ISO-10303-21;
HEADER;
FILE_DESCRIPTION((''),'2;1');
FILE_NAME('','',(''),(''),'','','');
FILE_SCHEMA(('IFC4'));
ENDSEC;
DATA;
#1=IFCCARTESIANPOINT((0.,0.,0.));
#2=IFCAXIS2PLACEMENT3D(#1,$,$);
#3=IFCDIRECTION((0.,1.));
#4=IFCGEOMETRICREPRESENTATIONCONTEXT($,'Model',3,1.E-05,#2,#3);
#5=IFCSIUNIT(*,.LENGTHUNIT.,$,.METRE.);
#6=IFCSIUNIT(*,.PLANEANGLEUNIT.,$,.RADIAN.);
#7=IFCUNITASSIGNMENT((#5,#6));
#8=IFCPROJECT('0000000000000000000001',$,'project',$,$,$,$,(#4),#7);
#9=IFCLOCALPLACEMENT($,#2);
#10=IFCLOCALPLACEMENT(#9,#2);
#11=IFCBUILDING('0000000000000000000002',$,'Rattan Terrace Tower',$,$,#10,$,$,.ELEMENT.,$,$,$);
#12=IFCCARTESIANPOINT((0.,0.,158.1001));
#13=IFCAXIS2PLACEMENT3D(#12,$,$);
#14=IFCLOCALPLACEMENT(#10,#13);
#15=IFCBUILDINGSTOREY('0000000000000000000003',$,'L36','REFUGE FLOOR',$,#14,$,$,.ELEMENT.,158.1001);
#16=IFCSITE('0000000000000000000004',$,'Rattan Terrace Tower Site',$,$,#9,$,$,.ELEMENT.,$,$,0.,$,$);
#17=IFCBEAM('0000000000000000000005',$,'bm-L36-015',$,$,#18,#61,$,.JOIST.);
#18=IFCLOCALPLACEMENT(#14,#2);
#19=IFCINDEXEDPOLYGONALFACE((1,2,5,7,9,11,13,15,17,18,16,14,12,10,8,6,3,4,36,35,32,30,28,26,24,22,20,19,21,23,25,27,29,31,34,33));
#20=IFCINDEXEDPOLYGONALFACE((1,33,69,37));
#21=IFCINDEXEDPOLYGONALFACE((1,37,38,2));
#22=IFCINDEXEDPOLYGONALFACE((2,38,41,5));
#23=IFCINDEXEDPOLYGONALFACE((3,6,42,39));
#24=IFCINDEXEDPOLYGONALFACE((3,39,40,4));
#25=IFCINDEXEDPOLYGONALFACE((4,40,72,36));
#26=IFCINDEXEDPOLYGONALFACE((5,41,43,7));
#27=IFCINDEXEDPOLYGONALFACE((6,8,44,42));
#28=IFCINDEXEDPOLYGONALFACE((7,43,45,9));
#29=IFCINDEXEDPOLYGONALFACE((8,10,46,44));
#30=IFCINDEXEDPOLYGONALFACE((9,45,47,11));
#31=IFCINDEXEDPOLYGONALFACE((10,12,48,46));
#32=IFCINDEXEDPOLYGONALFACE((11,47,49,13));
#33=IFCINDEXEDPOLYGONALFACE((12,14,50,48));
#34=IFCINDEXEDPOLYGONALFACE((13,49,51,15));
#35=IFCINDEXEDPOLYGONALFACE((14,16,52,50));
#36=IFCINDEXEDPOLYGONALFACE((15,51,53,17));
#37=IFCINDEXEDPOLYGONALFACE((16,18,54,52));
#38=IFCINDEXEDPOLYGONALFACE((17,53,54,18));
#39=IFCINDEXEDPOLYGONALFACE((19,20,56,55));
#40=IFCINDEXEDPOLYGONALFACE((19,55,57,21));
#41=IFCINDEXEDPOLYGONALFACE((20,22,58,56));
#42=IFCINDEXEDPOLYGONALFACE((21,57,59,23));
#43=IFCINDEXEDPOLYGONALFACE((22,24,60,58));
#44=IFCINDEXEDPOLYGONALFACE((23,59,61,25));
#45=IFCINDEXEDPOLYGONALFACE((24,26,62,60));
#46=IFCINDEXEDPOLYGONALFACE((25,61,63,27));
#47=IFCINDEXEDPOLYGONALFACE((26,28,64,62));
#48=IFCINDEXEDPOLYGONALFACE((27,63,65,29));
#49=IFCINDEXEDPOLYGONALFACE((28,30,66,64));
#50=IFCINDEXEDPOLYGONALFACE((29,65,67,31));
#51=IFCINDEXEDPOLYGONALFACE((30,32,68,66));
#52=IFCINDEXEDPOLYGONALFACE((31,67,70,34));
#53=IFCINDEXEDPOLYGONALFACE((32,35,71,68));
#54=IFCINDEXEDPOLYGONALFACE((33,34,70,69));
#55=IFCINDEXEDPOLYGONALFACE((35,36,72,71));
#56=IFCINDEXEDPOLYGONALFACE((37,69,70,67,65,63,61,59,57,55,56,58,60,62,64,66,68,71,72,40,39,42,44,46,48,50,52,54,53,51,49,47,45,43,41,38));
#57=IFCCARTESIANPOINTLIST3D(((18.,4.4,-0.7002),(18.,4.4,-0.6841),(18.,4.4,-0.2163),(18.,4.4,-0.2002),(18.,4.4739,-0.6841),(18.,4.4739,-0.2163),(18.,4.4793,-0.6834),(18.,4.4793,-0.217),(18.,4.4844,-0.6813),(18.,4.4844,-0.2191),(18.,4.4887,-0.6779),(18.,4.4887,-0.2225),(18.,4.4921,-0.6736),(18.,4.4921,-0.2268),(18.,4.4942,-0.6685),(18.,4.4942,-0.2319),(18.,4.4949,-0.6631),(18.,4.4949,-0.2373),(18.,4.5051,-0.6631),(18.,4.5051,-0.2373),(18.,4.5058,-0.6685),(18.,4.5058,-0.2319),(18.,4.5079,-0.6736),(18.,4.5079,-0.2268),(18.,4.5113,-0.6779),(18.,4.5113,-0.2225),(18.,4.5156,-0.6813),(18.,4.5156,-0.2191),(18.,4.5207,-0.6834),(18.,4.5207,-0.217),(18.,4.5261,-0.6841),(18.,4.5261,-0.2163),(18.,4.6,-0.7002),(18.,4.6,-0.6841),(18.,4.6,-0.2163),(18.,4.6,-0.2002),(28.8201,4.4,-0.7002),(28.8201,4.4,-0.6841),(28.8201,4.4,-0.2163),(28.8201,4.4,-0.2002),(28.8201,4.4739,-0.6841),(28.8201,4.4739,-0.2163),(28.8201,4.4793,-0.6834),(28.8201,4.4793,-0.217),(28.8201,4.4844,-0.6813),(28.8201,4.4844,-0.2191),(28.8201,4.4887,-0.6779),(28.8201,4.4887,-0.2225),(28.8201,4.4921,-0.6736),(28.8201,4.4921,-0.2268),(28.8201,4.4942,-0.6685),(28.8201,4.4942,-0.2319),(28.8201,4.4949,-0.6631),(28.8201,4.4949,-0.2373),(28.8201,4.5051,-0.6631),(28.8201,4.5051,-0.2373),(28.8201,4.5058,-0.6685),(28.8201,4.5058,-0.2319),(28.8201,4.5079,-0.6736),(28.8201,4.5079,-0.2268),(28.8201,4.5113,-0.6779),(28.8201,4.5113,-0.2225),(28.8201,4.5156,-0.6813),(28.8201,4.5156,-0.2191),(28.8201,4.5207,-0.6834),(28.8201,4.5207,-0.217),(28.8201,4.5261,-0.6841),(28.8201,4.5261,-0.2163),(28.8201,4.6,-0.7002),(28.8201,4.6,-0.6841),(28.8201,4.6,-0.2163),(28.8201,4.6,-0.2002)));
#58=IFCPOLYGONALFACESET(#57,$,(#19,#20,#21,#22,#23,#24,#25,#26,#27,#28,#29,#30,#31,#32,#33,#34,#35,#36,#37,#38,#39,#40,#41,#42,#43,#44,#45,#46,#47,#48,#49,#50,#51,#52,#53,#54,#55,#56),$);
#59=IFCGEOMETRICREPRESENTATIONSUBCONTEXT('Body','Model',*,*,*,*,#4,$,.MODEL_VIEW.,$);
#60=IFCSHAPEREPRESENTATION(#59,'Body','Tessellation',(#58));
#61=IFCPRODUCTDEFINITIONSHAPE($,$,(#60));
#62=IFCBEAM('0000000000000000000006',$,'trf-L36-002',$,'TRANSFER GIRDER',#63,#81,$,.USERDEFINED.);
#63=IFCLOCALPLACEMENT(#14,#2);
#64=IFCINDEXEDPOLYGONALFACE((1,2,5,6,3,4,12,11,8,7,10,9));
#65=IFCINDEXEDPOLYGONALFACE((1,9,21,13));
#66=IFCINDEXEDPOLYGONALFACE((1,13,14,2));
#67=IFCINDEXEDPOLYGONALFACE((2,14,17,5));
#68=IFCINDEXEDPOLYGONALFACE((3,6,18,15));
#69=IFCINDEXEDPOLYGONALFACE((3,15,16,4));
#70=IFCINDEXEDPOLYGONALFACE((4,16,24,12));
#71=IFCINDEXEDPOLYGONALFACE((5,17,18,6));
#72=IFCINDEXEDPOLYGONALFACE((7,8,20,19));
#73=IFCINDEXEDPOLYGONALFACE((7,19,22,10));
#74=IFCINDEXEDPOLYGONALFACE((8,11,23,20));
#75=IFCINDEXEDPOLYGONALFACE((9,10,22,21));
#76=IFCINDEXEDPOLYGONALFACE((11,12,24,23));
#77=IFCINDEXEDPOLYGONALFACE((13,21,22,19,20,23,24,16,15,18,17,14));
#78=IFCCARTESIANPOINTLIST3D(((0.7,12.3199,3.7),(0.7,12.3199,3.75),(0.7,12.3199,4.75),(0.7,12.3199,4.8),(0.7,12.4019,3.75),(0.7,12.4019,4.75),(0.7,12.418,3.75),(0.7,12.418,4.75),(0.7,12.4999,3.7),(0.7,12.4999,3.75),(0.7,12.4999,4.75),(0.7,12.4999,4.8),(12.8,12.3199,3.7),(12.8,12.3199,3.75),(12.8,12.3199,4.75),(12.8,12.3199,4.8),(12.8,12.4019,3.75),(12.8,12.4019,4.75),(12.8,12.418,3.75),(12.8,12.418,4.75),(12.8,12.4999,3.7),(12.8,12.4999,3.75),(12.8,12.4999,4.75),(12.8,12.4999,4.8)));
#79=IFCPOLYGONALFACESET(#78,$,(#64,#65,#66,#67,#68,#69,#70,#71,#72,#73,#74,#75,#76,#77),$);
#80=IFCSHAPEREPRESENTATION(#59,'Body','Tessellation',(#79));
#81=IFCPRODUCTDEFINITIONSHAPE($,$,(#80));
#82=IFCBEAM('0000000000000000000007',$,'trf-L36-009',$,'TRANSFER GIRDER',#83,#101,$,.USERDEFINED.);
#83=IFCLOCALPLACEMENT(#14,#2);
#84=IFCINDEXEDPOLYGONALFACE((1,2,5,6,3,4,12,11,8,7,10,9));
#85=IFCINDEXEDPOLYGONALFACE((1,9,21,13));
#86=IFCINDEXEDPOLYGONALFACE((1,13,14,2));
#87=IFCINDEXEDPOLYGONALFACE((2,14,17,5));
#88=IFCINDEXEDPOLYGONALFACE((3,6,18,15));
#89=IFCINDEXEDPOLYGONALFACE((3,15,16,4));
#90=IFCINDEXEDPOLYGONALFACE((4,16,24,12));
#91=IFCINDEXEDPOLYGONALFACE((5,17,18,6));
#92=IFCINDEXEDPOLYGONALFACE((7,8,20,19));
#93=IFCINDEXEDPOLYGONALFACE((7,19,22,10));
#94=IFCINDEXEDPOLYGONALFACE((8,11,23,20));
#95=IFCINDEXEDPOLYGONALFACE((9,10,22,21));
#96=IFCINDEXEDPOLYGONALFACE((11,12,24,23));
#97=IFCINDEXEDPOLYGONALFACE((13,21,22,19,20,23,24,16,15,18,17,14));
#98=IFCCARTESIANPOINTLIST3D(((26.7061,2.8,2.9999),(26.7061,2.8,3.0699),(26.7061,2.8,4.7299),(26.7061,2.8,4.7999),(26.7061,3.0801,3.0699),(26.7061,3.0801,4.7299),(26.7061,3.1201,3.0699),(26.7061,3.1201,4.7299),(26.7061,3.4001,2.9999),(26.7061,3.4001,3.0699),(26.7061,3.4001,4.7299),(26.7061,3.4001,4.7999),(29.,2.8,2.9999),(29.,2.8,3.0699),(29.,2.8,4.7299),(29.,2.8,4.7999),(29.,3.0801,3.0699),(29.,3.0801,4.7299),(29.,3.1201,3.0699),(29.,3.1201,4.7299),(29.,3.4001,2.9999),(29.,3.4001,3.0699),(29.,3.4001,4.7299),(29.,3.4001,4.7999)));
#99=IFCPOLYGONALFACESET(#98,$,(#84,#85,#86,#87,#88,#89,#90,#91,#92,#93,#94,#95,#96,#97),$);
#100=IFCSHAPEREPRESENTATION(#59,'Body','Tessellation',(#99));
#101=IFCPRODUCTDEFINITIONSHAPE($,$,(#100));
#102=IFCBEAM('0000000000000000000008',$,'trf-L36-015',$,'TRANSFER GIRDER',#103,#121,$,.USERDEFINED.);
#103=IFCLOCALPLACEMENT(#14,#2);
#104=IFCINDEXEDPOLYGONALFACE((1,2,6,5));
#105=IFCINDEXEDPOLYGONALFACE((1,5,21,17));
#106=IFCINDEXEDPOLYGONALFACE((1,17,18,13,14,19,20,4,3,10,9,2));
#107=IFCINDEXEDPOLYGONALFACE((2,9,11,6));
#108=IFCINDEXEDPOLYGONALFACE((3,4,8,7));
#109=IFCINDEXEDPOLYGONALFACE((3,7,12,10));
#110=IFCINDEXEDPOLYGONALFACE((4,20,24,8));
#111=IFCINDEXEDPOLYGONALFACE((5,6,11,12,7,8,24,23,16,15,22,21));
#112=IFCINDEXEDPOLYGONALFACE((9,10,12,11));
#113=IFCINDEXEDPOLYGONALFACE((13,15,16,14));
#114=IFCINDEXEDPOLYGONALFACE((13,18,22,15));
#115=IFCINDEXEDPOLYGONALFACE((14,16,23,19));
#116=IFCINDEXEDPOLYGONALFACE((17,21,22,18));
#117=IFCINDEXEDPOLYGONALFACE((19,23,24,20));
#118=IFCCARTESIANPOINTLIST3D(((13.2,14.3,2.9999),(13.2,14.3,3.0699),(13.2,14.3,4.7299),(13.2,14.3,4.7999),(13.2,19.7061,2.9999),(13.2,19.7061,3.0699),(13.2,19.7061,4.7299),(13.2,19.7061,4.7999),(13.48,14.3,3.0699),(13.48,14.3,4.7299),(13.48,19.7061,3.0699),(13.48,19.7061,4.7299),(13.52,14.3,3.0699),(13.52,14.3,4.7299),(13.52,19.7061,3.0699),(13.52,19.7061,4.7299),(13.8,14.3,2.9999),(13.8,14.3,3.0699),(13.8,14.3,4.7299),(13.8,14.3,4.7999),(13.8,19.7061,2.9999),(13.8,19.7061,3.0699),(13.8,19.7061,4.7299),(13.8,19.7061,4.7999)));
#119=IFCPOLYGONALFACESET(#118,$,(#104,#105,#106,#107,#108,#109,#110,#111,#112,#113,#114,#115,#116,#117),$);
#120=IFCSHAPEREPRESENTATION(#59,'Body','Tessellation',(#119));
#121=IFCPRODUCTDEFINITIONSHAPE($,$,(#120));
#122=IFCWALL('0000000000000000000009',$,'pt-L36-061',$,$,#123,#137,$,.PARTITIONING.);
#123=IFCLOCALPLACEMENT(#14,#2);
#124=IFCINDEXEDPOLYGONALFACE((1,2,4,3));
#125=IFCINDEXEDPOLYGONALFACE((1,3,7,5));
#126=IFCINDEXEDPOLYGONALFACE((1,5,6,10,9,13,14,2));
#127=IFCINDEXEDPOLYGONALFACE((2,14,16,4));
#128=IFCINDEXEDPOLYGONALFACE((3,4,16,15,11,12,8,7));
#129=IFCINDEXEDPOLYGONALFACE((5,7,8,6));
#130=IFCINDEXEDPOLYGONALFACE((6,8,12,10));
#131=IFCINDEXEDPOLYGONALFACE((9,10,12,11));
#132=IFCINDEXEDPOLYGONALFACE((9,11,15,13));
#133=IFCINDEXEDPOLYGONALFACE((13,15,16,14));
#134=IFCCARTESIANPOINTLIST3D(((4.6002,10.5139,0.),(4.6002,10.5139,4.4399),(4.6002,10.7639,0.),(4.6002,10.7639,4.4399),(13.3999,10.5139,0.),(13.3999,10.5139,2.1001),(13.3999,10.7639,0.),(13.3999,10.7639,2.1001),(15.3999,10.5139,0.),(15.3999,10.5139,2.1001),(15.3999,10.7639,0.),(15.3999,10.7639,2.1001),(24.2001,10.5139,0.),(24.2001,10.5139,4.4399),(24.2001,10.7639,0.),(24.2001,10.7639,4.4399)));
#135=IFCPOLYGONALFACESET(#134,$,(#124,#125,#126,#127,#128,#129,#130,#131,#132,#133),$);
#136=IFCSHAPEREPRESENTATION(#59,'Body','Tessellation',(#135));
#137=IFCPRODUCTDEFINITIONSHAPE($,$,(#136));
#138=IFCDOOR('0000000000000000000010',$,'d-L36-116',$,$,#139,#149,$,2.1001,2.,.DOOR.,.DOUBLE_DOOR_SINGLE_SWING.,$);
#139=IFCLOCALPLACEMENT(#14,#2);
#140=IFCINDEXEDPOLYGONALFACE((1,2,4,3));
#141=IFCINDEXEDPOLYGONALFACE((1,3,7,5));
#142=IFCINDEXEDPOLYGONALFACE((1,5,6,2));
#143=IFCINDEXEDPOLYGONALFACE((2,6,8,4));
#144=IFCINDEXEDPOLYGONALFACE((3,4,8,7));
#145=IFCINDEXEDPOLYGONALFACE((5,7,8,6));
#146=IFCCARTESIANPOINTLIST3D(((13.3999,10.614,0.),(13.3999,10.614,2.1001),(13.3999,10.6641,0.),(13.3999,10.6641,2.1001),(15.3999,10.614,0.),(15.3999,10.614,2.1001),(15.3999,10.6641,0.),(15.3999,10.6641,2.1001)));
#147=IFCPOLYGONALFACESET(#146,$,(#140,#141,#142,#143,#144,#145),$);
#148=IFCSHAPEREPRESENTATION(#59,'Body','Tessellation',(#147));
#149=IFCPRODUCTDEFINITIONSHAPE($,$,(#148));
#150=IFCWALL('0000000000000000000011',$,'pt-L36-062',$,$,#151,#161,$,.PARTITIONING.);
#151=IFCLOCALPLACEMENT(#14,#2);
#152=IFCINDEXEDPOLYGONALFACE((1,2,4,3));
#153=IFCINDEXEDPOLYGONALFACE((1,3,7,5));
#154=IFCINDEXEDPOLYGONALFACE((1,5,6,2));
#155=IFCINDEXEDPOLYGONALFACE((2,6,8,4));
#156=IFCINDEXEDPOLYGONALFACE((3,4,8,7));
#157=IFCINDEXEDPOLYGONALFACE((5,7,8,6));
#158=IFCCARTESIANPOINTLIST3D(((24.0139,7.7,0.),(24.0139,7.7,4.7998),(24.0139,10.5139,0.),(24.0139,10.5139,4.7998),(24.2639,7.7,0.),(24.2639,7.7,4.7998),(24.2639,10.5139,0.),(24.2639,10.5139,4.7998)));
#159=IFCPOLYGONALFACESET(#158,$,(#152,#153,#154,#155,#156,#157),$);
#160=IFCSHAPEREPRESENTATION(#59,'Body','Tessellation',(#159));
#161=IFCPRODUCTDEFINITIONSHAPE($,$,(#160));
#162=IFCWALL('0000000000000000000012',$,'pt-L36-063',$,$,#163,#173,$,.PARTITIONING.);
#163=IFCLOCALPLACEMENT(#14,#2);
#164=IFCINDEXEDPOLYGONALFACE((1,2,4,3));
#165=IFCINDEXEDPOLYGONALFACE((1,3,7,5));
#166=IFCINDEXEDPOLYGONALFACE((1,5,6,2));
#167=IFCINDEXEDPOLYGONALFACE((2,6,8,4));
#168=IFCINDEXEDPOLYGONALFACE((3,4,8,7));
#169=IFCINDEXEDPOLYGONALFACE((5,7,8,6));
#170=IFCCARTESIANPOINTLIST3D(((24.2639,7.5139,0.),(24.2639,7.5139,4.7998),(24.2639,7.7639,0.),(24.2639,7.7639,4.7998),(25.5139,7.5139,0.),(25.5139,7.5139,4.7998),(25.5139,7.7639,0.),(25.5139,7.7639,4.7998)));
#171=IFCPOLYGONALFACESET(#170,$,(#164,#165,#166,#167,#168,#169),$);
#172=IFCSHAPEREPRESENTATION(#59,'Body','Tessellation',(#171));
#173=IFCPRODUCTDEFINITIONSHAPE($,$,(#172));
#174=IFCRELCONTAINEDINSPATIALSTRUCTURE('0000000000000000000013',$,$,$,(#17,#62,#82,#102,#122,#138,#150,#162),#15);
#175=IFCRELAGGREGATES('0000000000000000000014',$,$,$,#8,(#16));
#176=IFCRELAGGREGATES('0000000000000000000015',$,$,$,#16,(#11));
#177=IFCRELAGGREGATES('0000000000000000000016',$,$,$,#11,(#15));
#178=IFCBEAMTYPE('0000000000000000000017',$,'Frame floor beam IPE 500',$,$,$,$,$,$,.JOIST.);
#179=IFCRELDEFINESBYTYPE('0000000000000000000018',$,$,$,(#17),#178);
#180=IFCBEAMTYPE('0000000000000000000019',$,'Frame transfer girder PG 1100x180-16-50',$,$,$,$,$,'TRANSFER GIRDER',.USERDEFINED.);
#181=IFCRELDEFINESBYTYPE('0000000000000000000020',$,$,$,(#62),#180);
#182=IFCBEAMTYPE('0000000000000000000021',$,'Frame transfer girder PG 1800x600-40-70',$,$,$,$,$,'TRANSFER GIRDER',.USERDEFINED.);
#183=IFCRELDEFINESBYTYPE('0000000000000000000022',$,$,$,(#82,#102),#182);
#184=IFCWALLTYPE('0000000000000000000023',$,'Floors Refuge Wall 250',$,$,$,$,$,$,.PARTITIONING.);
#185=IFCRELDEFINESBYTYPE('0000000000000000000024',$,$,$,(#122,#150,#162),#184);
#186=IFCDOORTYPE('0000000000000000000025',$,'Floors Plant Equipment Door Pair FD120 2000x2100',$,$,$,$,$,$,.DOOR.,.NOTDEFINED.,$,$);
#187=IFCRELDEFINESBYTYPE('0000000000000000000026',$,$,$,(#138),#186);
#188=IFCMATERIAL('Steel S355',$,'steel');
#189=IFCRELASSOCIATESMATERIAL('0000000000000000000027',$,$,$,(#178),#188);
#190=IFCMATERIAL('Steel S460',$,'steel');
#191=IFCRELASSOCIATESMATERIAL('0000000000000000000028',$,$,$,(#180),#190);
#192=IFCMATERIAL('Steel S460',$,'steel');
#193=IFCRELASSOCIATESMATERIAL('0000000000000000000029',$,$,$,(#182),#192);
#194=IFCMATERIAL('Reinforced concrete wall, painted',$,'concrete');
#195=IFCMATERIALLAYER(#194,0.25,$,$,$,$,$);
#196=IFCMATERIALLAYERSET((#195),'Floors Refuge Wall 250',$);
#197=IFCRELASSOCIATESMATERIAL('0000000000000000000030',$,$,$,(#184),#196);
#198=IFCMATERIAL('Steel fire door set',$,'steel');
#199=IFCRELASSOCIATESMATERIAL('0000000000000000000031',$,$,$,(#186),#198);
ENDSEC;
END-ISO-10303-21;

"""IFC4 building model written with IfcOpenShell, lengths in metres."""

from ifc_helpers import new_model, si_unit, direction, frame, frame_2d, origin, origin_2d, place, context, subcontext, project, spatial, rectangle, i_section, extrude, material, layer, layer_set, material_profile, profile_set, type_object, element, fill, save


model = new_model("IFC4")

# Units and contexts
model_context = context("Model", 3, precision=1e-05, world=origin(), true_north=direction((0.0, 1.0)))
body_context = subcontext(model_context, "Body", "Model", "MODEL_VIEW")
ifc_project = project(units=[si_unit("LENGTHUNIT", "METRE"), si_unit("PLANEANGLEUNIT", "RADIAN")], contexts=[model_context])

# Site, building, storey
site_placement = place(None, origin())
site = spatial("IfcSite", under=ifc_project, at=site_placement, Name="Rattan Terrace Tower Site", CompositionType="ELEMENT", RefElevation=0.0)
building_placement = place(site_placement, origin())
building = spatial("IfcBuilding", under=site, at=building_placement, Name="Rattan Terrace Tower", CompositionType="ELEMENT")
storey_placement = place(building_placement, frame((0.0, 0.0, 158.1001)))
storey = spatial("IfcBuildingStorey", under=building, at=storey_placement, Name="L36", Description="REFUGE FLOOR", CompositionType="ELEMENT", Elevation=158.1001)

# Beams
ifc_material_1 = material(Name="Steel S355", Category="steel")
ifc_material_profile_1 = material_profile(ifc_material_1, i_section(OverallWidth=0.2, OverallDepth=0.5, WebThickness=0.0103, FlangeThickness=0.0161, FilletRadius=0.021, at=origin_2d()), Name="IPE 500")
ifc_profile_set_1 = profile_set([ifc_material_profile_1], Name="Steel S355")
beam_type_1 = type_object("IfcBeamType", Name="Frame floor beam IPE 500", PredefinedType="JOIST", material=ifc_profile_set_1)
beam_1_placement = place(storey_placement, frame((18.0, 4.5, -0.4502), z_axis=(1.0, 0.0, 0.0), x_axis=(0.0, 1.0, 0.0)))
element("IfcBeam", 1, at=beam_1_placement, inside=storey, type_object=beam_type_1, Name="bm-L36-015", PredefinedType="JOIST", context=body_context, shape_type="SweptSolid", body=[
    extrude(i_section(OverallWidth=0.2, OverallDepth=0.5, WebThickness=0.0103, FlangeThickness=0.0161, FilletRadius=0.021, at=origin_2d()), origin(), (0.0, 0.0, 1.0), 10.8201),
])
ifc_material_2 = material(Name="Steel S460", Category="steel")
ifc_material_profile_2 = material_profile(ifc_material_2, i_section(OverallWidth=0.1799, OverallDepth=1.1001, WebThickness=0.0161, FlangeThickness=0.05, at=origin_2d()), Name="PG 1100x180-16-50")
ifc_profile_set_2 = profile_set([ifc_material_profile_2], Name="Steel S460")
beam_type_2 = type_object("IfcBeamType", Name="Frame transfer girder PG 1100x180-16-50", ElementType="TRANSFER GIRDER", PredefinedType="USERDEFINED", material=ifc_profile_set_2)
beam_2_placement = place(storey_placement, frame((12.8, 12.4099, 4.25), z_axis=(-1.0, 0.0, 0.0), x_axis=(0.0, -1.0, 0.0)))
element("IfcBeam", 2, at=beam_2_placement, inside=storey, type_object=beam_type_2, Name="trf-L36-002", ObjectType="TRANSFER GIRDER", PredefinedType="USERDEFINED", context=body_context, shape_type="SweptSolid", body=[
    extrude(i_section(OverallWidth=0.1799, OverallDepth=1.1001, WebThickness=0.0161, FlangeThickness=0.05, at=origin_2d()), origin(), (0.0, 0.0, 1.0), 12.1001),
])
ifc_material_3 = material(Name="Steel S460", Category="steel")
ifc_material_profile_3 = material_profile(ifc_material_3, i_section(OverallWidth=0.6001, OverallDepth=1.8, WebThickness=0.04, FlangeThickness=0.0701, at=origin_2d()), Name="PG 1800x600-40-70")
ifc_profile_set_3 = profile_set([ifc_material_profile_3], Name="Steel S460")
beam_type_3 = type_object("IfcBeamType", Name="Frame transfer girder PG 1800x600-40-70", ElementType="TRANSFER GIRDER", PredefinedType="USERDEFINED", material=ifc_profile_set_3)
beam_3_placement = place(storey_placement, frame((26.7061, 3.1001, 3.8999), z_axis=(1.0, 0.0, 0.0), x_axis=(0.0, 1.0, 0.0)))
element("IfcBeam", 3, at=beam_3_placement, inside=storey, type_object=beam_type_3, Name="trf-L36-009", ObjectType="TRANSFER GIRDER", PredefinedType="USERDEFINED", context=body_context, shape_type="SweptSolid", body=[
    extrude(i_section(OverallWidth=0.6001, OverallDepth=1.8, WebThickness=0.04, FlangeThickness=0.0701, at=origin_2d()), origin(), (0.0, 0.0, 1.0), 2.2939),
])
beam_4_placement = place(storey_placement, frame((13.5, 14.3, 3.8999), z_axis=(0.0, 1.0, 0.0), x_axis=(-1.0, 0.0, 0.0)))
element("IfcBeam", 4, at=beam_4_placement, inside=storey, type_object=beam_type_3, Name="trf-L36-015", ObjectType="TRANSFER GIRDER", PredefinedType="USERDEFINED", context=body_context, shape_type="SweptSolid", body=[
    extrude(i_section(OverallWidth=0.6001, OverallDepth=1.8, WebThickness=0.04, FlangeThickness=0.0701, at=origin_2d()), origin(), (0.0, 0.0, 1.0), 5.406),
])

# Wall, opening, door
ifc_material_4 = material(Name="Reinforced concrete wall, painted", Category="concrete")
ifc_layer = layer(ifc_material_4, 0.25)
ifc_layer_set = layer_set([ifc_layer], Name="Floors Refuge Wall 250")
wall_type = type_object("IfcWallType", Name="Floors Refuge Wall 250", PredefinedType="PARTITIONING", material=ifc_layer_set)
wall_1_placement = place(storey_placement, frame((24.2, 10.6389, 0.0), z_axis=(0.0, 0.0, 1.0), x_axis=(-1.0, 0.0, 0.0)))
wall_1 = element("IfcWall", 5, at=wall_1_placement, inside=storey, type_object=wall_type, Name="pt-L36-061", PredefinedType="PARTITIONING", context=body_context, shape_type="SweptSolid", body=[
    extrude(rectangle(XDim=19.5999, YDim=0.25, at=frame_2d((9.7998, 0.0))), origin(), (0.0, 0.0, 1.0), 4.4399),
])
opening_placement = place(wall_1_placement, frame((8.8, 0.0, 0.0)))
opening = element("IfcOpeningElement", 6, at=opening_placement, cuts=wall_1, PredefinedType="OPENING", context=body_context, shape_type="SweptSolid", body=[
    extrude(rectangle(XDim=2.0, YDim=2.1001, at=frame_2d((1.0, 1.05))), frame((0.0, 0.1355, 0.0), z_axis=(0.0, -1.0, 0.0), x_axis=(1.0, 0.0, 0.0)), (0.0, 0.0, 1.0), 0.271),
])
ifc_material_5 = material(Name="Steel fire door set", Category="steel")
door_type = type_object("IfcDoorType", Name="Floors Plant Equipment Door Pair FD120 2000x2100", OperationType="NOTDEFINED", PredefinedType="DOOR", material=ifc_material_5)
door_placement = place(opening_placement, origin())
door = element("IfcDoor", 7, at=door_placement, inside=storey, type_object=door_type, Name="d-L36-116", OperationType="DOUBLE_DOOR_SINGLE_SWING", OverallHeight=2.1001, OverallWidth=2.0, PredefinedType="DOOR", context=body_context, shape_type="SweptSolid", body=[
    extrude(rectangle(XDim=2.0, YDim=2.1001, at=frame_2d((1.0, 1.05))), frame((0.0, 0.0249, 0.0), z_axis=(0.0, -1.0, 0.0), x_axis=(1.0, 0.0, 0.0)), (0.0, 0.0, 1.0), 0.05),
])
fill(opening, door)

# Walls
wall_2_placement = place(storey_placement, frame((24.1389, 10.5139, 0.0), z_axis=(0.0, 0.0, 1.0), x_axis=(0.0, -1.0, 0.0)))
element("IfcWall", 8, at=wall_2_placement, inside=storey, type_object=wall_type, Name="pt-L36-062", PredefinedType="PARTITIONING", context=body_context, shape_type="SweptSolid", body=[
    extrude(rectangle(XDim=2.814, YDim=0.25, at=frame_2d((1.407, 0.0))), origin(), (0.0, 0.0, 1.0), 4.7998),
])
wall_3_placement = place(storey_placement, frame((24.2639, 7.6389, 0.0), z_axis=(0.0, 0.0, 1.0), x_axis=(1.0, 0.0, 0.0)))
element("IfcWall", 9, at=wall_3_placement, inside=storey, type_object=wall_type, Name="pt-L36-063", PredefinedType="PARTITIONING", context=body_context, shape_type="SweptSolid", body=[
    extrude(rectangle(XDim=1.25, YDim=0.25, at=frame_2d((0.625, 0.0))), origin(), (0.0, 0.0, 1.0), 4.7998),
])

save(model, "model.ifc")
